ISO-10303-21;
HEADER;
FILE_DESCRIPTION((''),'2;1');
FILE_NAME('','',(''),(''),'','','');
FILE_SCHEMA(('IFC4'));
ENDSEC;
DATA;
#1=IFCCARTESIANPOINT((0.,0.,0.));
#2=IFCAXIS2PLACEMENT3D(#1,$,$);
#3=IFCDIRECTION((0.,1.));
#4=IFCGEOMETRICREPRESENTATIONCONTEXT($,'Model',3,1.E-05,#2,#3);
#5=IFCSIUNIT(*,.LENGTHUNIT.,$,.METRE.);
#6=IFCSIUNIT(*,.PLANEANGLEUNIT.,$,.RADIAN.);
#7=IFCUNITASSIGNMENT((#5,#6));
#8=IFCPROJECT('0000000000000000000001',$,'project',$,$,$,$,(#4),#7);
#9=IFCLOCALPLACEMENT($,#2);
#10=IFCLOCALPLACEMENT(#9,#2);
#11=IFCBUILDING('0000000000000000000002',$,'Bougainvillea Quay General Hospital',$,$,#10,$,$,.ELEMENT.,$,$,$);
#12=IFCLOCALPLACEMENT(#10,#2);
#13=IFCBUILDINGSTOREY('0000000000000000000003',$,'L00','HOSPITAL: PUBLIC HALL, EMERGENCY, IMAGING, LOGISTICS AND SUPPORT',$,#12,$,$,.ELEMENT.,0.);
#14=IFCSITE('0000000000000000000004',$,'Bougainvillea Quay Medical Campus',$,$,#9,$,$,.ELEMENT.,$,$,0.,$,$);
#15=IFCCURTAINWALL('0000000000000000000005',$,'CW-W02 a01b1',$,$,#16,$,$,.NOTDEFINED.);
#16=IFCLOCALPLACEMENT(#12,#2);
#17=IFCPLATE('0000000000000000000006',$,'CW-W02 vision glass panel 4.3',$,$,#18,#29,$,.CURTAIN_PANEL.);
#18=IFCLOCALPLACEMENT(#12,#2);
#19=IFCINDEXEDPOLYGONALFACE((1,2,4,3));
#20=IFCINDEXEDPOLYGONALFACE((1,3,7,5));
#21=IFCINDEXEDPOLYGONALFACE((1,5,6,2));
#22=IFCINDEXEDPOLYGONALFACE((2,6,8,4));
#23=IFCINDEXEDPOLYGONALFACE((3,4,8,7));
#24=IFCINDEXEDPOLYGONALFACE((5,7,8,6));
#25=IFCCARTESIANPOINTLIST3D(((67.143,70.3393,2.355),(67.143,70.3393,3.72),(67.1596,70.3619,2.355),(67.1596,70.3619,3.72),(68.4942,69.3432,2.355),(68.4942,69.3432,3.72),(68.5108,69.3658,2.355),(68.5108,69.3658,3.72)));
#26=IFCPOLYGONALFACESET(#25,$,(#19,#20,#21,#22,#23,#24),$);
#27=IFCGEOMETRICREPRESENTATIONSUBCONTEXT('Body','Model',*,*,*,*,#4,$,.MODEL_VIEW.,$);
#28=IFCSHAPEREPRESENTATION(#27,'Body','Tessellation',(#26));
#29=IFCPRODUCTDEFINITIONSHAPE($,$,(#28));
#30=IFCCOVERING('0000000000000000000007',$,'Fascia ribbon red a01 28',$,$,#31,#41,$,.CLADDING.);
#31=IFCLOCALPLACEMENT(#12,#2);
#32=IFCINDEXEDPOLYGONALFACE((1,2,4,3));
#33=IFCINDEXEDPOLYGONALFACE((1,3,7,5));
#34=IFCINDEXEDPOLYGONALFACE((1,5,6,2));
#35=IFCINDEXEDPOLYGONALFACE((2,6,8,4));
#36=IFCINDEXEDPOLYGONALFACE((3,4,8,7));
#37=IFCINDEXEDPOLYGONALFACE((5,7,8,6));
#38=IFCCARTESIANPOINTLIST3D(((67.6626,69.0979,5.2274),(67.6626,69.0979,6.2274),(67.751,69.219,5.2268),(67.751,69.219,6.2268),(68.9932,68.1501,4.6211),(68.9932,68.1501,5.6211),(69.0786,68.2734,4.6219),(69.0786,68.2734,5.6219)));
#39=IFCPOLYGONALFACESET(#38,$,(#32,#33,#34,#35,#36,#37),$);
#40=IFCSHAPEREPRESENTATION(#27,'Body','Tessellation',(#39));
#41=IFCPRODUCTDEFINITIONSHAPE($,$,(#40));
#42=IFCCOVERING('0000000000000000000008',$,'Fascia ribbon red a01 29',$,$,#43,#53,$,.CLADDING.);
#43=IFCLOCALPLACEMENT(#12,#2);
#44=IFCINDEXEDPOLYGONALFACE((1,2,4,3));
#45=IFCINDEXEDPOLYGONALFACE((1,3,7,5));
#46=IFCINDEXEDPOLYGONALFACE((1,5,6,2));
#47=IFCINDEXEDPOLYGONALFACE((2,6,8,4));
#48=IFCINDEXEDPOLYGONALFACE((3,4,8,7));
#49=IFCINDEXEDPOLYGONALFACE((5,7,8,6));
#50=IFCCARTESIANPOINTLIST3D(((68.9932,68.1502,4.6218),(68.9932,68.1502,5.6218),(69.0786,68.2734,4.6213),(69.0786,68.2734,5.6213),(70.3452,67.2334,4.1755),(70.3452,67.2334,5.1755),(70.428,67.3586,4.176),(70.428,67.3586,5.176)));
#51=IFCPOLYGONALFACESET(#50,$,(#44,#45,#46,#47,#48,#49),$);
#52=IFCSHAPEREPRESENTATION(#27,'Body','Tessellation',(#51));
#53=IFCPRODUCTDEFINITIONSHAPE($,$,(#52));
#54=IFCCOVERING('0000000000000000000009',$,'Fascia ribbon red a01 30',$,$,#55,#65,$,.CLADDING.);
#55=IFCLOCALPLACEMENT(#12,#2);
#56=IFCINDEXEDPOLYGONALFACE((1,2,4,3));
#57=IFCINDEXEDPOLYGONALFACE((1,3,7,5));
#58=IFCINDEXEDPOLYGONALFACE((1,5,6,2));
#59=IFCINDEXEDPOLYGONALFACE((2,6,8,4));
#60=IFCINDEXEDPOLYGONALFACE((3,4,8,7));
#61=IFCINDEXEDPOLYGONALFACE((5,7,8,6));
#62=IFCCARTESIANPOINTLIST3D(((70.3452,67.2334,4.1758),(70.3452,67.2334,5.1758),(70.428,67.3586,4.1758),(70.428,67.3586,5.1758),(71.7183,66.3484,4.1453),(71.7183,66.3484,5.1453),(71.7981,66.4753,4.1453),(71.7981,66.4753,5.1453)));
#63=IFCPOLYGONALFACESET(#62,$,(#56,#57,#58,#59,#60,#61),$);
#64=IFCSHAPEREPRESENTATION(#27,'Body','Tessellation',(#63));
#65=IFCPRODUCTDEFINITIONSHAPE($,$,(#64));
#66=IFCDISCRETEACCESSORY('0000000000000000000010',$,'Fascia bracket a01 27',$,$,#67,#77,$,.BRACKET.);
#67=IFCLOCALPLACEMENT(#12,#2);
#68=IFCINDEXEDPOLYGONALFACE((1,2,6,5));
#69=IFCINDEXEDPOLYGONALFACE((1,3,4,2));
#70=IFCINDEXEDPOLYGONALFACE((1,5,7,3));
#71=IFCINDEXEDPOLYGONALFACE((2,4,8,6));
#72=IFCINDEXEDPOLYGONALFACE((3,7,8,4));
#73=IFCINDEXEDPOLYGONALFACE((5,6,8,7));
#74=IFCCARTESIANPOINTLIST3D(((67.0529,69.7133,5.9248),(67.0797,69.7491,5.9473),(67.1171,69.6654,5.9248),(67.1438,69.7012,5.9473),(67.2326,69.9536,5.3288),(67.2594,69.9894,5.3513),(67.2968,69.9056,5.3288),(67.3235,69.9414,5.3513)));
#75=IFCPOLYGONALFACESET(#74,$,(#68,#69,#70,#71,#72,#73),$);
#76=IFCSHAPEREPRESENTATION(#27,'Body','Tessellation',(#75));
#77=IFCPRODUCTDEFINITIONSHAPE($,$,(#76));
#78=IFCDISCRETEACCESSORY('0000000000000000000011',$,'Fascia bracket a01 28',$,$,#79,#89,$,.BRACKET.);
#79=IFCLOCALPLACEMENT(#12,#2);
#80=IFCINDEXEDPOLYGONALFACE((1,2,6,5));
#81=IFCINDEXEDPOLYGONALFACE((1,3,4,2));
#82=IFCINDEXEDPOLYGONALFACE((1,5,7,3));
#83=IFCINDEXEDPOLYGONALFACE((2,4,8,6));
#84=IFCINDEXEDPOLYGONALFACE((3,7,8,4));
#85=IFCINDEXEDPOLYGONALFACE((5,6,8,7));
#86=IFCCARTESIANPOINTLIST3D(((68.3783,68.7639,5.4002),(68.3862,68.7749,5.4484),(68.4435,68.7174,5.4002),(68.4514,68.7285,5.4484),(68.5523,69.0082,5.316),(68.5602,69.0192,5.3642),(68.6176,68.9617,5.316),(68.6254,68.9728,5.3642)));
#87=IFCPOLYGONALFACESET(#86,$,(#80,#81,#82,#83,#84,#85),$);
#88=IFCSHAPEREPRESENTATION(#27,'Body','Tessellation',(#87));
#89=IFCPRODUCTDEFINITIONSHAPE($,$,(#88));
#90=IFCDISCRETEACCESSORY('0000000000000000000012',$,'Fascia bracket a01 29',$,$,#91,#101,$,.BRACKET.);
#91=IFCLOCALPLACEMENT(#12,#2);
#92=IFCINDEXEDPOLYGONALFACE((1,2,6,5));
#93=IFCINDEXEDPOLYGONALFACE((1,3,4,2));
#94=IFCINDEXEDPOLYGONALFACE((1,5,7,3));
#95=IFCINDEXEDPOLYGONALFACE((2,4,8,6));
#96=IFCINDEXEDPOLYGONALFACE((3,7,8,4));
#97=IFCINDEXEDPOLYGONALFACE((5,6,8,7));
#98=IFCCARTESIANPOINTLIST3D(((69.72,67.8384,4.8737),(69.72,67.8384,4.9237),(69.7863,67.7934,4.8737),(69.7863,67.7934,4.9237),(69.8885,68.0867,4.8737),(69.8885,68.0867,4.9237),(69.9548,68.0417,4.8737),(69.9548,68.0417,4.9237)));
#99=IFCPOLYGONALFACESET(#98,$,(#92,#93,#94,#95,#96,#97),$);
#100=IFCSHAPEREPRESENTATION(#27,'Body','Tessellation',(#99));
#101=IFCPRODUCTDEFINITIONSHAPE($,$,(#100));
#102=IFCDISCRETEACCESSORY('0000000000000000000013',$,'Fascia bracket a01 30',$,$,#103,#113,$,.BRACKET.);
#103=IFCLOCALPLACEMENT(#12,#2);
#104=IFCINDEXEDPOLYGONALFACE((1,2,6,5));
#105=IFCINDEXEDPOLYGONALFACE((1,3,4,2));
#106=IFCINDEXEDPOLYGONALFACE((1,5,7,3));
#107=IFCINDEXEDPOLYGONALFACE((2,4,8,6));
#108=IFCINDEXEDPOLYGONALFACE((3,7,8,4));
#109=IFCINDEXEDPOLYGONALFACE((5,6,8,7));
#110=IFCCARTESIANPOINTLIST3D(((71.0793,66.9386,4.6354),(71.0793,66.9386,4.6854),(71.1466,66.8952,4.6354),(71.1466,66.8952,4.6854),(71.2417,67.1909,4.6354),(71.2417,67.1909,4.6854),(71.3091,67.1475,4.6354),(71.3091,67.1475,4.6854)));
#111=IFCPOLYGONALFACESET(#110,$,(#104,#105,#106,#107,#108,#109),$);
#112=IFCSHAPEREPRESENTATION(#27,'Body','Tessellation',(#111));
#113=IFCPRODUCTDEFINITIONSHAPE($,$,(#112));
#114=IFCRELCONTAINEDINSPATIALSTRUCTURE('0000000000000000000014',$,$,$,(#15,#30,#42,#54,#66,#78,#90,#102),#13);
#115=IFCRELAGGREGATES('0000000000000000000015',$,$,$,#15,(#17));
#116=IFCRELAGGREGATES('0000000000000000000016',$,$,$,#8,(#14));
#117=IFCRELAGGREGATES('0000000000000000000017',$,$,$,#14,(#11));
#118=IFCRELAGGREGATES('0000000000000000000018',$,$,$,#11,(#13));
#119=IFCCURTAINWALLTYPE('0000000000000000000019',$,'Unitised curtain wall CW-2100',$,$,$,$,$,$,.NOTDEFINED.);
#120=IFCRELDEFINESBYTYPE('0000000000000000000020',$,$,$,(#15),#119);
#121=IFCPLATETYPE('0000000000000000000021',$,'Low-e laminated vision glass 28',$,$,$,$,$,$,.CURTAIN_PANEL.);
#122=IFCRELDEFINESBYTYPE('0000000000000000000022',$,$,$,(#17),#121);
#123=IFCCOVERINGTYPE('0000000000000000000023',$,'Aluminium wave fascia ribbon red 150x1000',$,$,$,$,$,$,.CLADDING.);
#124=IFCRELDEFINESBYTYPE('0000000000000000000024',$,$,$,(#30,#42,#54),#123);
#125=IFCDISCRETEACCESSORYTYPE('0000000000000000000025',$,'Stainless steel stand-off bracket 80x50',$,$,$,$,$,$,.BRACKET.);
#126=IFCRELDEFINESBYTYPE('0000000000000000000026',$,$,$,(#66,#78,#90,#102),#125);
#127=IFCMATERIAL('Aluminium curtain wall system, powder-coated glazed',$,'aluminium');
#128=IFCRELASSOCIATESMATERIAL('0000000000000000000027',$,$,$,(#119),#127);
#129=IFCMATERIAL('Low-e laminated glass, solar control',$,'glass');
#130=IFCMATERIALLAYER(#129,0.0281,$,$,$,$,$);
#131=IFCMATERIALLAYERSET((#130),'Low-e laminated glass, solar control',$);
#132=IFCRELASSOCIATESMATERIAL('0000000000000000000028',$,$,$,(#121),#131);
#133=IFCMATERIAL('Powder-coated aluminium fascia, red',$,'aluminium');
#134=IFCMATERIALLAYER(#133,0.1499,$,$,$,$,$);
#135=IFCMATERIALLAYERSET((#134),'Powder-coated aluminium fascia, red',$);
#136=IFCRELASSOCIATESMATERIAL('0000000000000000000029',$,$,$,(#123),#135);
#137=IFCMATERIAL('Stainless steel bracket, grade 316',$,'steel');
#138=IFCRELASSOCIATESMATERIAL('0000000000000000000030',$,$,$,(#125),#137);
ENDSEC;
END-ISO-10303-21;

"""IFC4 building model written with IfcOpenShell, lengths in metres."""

from ifc_helpers import new_model, si_unit, direction, frame, origin, origin_2d, place, context, subcontext, project, spatial, polyline, rectangle, outline, extrude, material, layer, layer_set, material_profile, profile_set, type_object, element, aggregate, save


model = new_model("IFC4")

# Units and contexts
model_context = context("Model", 3, precision=1e-05, world=origin(), true_north=direction((0.0, 1.0)))
body_context = subcontext(model_context, "Body", "Model", "MODEL_VIEW")
ifc_project = project(units=[si_unit("LENGTHUNIT", "METRE"), si_unit("PLANEANGLEUNIT", "RADIAN")], contexts=[model_context])

# Site, building, storey
site_placement = place(None, origin())
site = spatial("IfcSite", under=ifc_project, at=site_placement, Name="Bougainvillea Quay Medical Campus", CompositionType="ELEMENT", RefElevation=0.0)
building_placement = place(site_placement, origin())
building = spatial("IfcBuilding", under=site, at=building_placement, Name="Bougainvillea Quay General Hospital", CompositionType="ELEMENT")
storey_placement = place(building_placement, origin())
storey = spatial("IfcBuildingStorey", under=building, at=storey_placement, Name="L00", Description="HOSPITAL: PUBLIC HALL, EMERGENCY, IMAGING, LOGISTICS AND SUPPORT", CompositionType="ELEMENT", Elevation=0.0)

# Curtain wall
ifc_material_1 = material(Name="Aluminium curtain wall system, powder-coated glazed", Category="aluminium")
curtain_wall_type = type_object("IfcCurtainWallType", Name="Unitised curtain wall CW-2100", PredefinedType="NOTDEFINED", material=ifc_material_1)
curtain_wall_1_placement = place(storey_placement, origin())
curtain_wall_1 = element("IfcCurtainWall", 1, at=curtain_wall_1_placement, inside=storey, type_object=curtain_wall_type, Name="CW-W02 a01b1", PredefinedType="NOTDEFINED")

# Plate
ifc_material_2 = material(Name="Low-e laminated glass, solar control", Category="glass")
ifc_layer_1 = layer(ifc_material_2, 0.0281)
ifc_layer_set_1 = layer_set([ifc_layer_1], Name="Low-e laminated glass, solar control")
plate_type_1 = type_object("IfcPlateType", Name="Low-e laminated vision glass 28", PredefinedType="CURTAIN_PANEL", material=ifc_layer_set_1)
plate_1_placement = place(storey_placement, frame((67.8269, 69.8525, 2.355), z_axis=(0.0, 0.0, 1.0), x_axis=(-0.80492, 0.593384, 0.0)))
plate_1 = element("IfcPlate", 2, at=plate_1_placement, type_object=plate_type_1, Name="CW-W02 vision glass panel 4.3", PredefinedType="CURTAIN_PANEL", context=body_context, shape_type="SweptSolid", body=[
    extrude(rectangle(XDim=1.6787, YDim=0.0281, at=origin_2d()), origin(), (0.0, 0.0, 1.0), 1.365),
])
aggregate(curtain_wall_1, [plate_1])

# Coverings
ifc_material_3 = material(Name="Powder-coated aluminium fascia, red", Category="aluminium")
ifc_layer_2 = layer(ifc_material_3, 0.1499)
ifc_layer_set_2 = layer_set([ifc_layer_2], Name="Powder-coated aluminium fascia, red")
covering_type = type_object("IfcCoveringType", Name="Aluminium wave fascia ribbon red 150x1000", PredefinedType="CLADDING", material=ifc_layer_set_2)
covering_1_placement = place(storey_placement, frame((67.751, 69.219, 5.2268), z_axis=(0.283086, -0.202293, 0.937518), x_axis=(0.763639, -0.543871, -0.347937)))
element("IfcCovering", 3, at=covering_1_placement, inside=storey, type_object=covering_type, Name="Fascia ribbon red a01 28", PredefinedType="CLADDING", context=body_context, shape_type="SweptSolid", body=[
    extrude(outline(polyline([(0.0, 0.0), (1.7386, 0.0), (1.7406, -0.15), (-0.0018, -0.1499), (0.0, 0.0)])), origin(), (-0.347937, 0.000516, 0.937518), 1.0),
])
covering_2_placement = place(storey_placement, frame((69.0786, 68.2734, 4.6213), z_axis=(0.218238, -0.147708, 0.964652), x_axis=(0.798459, -0.541311, -0.263525)))
element("IfcCovering", 4, at=covering_2_placement, inside=storey, type_object=covering_type, Name="Fascia ribbon red a01 29", PredefinedType="CLADDING", context=body_context, shape_type="SweptSolid", body=[
    extrude(outline(polyline([(0.0, 0.0), (1.69, 0.0), (1.6918, -0.1501), (-0.0016, -0.15), (0.0, 0.0)])), origin(), (-0.263525, -0.000196, 0.964652), 1.0),
])
covering_3_placement = place(storey_placement, frame((70.428, 67.3586, 4.1758), z_axis=(0.015715, -0.010132, 0.999825), x_axis=(0.84033, -0.541752, -0.018698)))
element("IfcCovering", 5, at=covering_3_placement, inside=storey, type_object=covering_type, Name="Fascia ribbon red a01 30", PredefinedType="CLADDING", context=body_context, shape_type="SweptSolid", body=[
    extrude(outline(polyline([(0.0, 0.0), (1.6305, 0.0), (1.6321, -0.15), (-0.0017, -0.1501), (0.0, 0.0)])), origin(), (-0.018698, 0.0, 0.999825), 1.0),
])

# Discrete accessories
ifc_material_4 = material(Name="Stainless steel bracket, grade 316", Category="steel")
ifc_material_profile_1 = material_profile(ifc_material_4, rectangle(XDim=0.0801, YDim=0.05, at=origin_2d()))
ifc_profile_set_1 = profile_set([ifc_material_profile_1], Name="Stainless steel bracket, grade 316")
discrete_accessory_type = type_object("IfcDiscreteAccessoryType", Name="Stainless steel stand-off bracket 80x50", PredefinedType="BRACKET", material=ifc_profile_set_1)
discrete_accessory_1_placement = place(storey_placement, frame((67.2781, 69.9475, 5.3401), z_axis=(-0.269317, -0.360065, 0.893209), x_axis=(0.800781, -0.598958, 0.0)))
element("IfcDiscreteAccessory", 6, at=discrete_accessory_1_placement, inside=storey, type_object=discrete_accessory_type, Name="Fascia bracket a01 27", PredefinedType="BRACKET", context=body_context, shape_type="SweptSolid", body=[
    extrude(rectangle(XDim=0.0801, YDim=0.05, at=origin_2d()), origin(), (0.0, 0.0, 1.0), 0.6672),
])
discrete_accessory_2_placement = place(storey_placement, frame((68.5889, 68.9905, 5.3401), z_axis=(-0.558568, -0.784189, 0.270275), x_axis=(0.814502, -0.58016, 0.0)))
element("IfcDiscreteAccessory", 7, at=discrete_accessory_2_placement, inside=storey, type_object=discrete_accessory_type, Name="Fascia bracket a01 28", PredefinedType="BRACKET", context=body_context, shape_type="SweptSolid", body=[
    extrude(rectangle(XDim=0.0801, YDim=0.05, at=origin_2d()), origin(), (0.0, 0.0, 1.0), 0.3115),
])
for number, where, z_axis, x_axis, name in (
    (8, (69.9216, 68.0642, 4.8987), (-0.561442, -0.827516, 0.0), (0.827516, -0.561442, 0.0), "Fascia bracket a01 29"),
    (9, (71.2754, 67.1692, 4.6604), (-0.541292, -0.840834, 0.0), (0.840834, -0.541292, 0.0), "Fascia bracket a01 30"),
):
    element("IfcDiscreteAccessory", number, at=place(storey_placement, frame(where, z_axis=z_axis, x_axis=x_axis)), inside=storey, type_object=discrete_accessory_type, Name=name, PredefinedType="BRACKET", context=body_context, shape_type="SweptSolid", body=[
        extrude(rectangle(XDim=0.0801, YDim=0.05, at=origin_2d()), origin(), (0.0, 0.0, 1.0), 0.3),
    ])

save(model, "model.ifc")
